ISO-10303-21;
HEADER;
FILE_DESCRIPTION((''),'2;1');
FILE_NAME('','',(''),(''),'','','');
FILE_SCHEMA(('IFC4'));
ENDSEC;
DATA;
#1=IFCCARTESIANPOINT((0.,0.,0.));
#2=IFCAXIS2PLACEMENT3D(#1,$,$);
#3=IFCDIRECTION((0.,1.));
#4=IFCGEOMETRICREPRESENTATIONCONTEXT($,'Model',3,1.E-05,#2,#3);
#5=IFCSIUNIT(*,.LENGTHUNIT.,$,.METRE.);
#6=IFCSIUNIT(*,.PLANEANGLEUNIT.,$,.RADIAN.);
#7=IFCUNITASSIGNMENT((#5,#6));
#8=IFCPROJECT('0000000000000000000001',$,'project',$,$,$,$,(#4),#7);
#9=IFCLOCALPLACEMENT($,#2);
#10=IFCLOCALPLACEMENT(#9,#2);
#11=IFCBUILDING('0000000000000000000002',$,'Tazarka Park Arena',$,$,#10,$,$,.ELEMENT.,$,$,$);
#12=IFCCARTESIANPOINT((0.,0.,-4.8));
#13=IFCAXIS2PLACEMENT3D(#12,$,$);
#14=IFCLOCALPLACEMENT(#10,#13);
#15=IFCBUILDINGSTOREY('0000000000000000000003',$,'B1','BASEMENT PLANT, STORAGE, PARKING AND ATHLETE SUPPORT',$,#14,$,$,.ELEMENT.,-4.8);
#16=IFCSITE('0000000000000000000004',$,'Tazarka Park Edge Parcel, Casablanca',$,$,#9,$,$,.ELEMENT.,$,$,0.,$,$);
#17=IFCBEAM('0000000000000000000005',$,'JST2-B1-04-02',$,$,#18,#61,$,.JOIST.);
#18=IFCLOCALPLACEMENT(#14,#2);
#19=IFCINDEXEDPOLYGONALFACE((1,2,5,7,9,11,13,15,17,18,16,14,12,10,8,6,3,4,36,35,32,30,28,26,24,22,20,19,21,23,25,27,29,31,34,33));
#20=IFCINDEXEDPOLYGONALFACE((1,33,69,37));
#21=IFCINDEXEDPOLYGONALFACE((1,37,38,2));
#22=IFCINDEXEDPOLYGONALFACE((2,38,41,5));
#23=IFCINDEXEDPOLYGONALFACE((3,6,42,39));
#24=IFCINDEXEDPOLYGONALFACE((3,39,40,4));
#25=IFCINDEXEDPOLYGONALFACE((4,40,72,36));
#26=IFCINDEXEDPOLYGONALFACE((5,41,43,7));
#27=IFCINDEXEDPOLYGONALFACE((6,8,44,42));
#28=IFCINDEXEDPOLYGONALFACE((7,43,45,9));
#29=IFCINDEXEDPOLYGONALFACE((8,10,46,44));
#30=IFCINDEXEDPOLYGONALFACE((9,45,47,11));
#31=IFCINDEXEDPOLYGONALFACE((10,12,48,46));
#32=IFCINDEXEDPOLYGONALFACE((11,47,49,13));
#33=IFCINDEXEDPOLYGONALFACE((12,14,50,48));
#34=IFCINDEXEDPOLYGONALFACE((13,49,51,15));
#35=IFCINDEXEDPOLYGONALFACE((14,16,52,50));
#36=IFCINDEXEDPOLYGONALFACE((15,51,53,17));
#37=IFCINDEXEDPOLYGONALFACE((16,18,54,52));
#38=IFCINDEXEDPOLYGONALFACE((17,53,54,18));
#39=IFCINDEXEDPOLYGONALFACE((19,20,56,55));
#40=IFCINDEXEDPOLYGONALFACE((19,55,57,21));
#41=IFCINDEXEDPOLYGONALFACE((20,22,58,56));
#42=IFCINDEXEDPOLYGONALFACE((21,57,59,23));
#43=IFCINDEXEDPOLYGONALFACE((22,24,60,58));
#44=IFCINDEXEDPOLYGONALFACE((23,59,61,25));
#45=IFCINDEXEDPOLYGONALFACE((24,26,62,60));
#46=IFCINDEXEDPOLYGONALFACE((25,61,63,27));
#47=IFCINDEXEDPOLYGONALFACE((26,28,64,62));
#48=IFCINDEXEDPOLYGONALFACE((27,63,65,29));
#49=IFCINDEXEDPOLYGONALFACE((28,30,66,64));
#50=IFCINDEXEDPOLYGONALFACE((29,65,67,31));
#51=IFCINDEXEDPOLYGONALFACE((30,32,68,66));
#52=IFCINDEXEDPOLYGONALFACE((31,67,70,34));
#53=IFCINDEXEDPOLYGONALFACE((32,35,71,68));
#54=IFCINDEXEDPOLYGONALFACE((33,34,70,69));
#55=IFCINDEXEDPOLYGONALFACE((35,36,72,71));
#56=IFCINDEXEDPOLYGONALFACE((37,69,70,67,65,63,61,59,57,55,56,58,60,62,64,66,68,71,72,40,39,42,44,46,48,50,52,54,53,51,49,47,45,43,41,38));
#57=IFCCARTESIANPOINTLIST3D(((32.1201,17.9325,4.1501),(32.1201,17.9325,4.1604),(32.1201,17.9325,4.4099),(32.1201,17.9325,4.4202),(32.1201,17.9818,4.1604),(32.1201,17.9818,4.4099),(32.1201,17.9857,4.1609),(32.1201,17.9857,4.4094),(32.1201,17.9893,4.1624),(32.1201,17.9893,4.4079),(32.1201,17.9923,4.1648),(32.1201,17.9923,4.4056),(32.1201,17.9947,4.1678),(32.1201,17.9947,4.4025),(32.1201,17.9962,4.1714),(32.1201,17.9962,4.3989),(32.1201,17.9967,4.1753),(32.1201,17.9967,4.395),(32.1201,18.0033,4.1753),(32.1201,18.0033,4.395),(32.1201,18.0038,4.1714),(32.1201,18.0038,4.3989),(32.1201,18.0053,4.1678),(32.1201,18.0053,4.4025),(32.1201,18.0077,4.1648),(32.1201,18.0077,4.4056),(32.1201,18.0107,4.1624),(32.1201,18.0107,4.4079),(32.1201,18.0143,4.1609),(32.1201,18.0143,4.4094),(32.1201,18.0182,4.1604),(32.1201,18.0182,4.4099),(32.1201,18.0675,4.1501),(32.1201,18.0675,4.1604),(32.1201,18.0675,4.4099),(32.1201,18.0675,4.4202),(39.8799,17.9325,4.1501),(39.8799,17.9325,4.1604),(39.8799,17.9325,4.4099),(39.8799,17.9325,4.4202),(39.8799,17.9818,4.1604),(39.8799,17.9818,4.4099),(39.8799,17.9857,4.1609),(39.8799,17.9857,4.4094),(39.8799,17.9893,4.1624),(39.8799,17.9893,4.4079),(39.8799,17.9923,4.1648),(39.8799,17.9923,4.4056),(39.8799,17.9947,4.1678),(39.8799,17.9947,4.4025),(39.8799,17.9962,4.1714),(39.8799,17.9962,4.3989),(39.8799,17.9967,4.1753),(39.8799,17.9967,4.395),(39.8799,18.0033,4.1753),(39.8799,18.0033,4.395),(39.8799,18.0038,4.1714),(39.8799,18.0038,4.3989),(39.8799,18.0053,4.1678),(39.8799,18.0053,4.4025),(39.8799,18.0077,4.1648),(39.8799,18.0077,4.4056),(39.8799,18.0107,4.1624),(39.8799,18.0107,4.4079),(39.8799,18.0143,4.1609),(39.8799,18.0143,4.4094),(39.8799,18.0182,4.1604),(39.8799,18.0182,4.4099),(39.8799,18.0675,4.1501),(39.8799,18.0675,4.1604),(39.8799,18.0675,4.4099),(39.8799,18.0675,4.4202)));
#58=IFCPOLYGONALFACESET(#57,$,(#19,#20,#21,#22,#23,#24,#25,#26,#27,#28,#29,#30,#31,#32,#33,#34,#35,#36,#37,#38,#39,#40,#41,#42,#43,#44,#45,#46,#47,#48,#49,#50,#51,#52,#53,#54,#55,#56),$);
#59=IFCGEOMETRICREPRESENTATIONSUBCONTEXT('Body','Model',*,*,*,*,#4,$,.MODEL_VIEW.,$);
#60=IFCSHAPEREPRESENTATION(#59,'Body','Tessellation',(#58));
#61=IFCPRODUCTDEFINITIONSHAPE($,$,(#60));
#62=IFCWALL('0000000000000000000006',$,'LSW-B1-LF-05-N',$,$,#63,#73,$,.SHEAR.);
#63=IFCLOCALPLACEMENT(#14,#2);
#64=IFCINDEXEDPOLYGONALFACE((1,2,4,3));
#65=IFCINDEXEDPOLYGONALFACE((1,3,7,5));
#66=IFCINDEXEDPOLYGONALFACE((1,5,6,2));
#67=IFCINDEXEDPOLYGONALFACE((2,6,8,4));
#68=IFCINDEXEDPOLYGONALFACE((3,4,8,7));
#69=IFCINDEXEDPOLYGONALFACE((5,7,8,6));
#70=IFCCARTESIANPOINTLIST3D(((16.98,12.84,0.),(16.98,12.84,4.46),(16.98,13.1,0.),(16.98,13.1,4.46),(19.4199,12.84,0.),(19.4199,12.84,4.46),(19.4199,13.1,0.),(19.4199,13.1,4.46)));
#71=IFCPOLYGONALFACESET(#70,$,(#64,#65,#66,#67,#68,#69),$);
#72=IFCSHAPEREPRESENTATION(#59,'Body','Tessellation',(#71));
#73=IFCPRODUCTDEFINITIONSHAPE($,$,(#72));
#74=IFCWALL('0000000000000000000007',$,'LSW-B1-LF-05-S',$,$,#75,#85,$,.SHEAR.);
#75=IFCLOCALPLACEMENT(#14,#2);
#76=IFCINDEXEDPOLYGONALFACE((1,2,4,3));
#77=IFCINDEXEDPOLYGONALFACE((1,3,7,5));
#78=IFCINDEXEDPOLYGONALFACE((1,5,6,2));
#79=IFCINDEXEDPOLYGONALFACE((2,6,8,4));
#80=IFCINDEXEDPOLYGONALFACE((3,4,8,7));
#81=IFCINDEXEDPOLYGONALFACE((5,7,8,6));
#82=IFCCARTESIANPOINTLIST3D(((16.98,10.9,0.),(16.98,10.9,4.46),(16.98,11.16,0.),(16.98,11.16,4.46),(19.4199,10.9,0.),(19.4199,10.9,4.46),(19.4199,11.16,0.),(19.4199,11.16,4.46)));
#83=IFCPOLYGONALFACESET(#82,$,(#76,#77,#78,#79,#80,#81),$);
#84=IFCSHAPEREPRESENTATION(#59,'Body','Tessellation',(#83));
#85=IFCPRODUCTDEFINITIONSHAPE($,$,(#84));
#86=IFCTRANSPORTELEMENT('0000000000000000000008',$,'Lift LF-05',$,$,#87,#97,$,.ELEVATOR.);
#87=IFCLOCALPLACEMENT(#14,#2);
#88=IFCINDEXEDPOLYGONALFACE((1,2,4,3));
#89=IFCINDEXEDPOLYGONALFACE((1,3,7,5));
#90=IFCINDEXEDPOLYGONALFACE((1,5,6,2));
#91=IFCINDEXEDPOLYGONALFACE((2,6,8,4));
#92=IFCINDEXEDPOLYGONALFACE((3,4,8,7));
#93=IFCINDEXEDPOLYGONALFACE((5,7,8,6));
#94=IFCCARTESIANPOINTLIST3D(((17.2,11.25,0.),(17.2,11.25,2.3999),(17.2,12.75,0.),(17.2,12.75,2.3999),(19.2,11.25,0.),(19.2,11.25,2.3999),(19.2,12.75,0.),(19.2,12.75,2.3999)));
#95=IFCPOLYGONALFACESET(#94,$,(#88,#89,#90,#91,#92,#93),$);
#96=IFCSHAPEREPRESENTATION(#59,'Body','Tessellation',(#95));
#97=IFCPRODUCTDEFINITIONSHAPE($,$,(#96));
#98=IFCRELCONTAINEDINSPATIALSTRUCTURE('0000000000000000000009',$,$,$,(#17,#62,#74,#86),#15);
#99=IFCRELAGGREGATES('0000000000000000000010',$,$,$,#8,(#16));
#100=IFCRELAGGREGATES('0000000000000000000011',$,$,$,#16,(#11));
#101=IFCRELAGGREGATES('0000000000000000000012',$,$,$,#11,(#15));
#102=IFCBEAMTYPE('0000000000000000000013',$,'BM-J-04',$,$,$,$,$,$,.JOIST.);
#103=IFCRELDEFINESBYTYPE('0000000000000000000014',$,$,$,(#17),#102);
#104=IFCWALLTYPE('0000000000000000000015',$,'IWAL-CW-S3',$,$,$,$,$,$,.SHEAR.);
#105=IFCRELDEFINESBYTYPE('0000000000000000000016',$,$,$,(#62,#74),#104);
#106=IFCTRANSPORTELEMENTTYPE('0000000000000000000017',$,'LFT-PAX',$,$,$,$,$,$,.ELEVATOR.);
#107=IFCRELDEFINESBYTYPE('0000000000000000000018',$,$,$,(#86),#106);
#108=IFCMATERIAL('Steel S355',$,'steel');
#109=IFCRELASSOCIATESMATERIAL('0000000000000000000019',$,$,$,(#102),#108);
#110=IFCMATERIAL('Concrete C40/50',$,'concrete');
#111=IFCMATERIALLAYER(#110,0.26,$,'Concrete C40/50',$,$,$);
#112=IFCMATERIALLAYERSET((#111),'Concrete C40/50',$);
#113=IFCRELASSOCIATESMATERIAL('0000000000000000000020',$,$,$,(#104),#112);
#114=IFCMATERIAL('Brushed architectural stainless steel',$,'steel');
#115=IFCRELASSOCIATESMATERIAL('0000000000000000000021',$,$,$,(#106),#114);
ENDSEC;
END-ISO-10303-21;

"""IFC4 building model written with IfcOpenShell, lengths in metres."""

from ifc_helpers import new_model, si_unit, direction, frame, frame_2d, origin, origin_2d, place, context, subcontext, project, spatial, rectangle, i_section, extrude, material, layer, layer_set, material_profile, profile_set, type_object, element, save


model = new_model("IFC4")

# Units and contexts
model_context = context("Model", 3, precision=1e-05, world=origin(), true_north=direction((0.0, 1.0)))
body_context = subcontext(model_context, "Body", "Model", "MODEL_VIEW")
ifc_project = project(units=[si_unit("LENGTHUNIT", "METRE"), si_unit("PLANEANGLEUNIT", "RADIAN")], contexts=[model_context])

# Site, building, storey
site_placement = place(None, origin())
site = spatial("IfcSite", under=ifc_project, at=site_placement, Name="Tazarka Park Edge Parcel, Casablanca", CompositionType="ELEMENT", RefElevation=0.0)
building_placement = place(site_placement, origin())
building = spatial("IfcBuilding", under=site, at=building_placement, Name="Tazarka Park Arena", CompositionType="ELEMENT")
storey_placement = place(building_placement, frame((0.0, 0.0, -4.8)))
storey = spatial("IfcBuildingStorey", under=building, at=storey_placement, Name="B1", Description="BASEMENT PLANT, STORAGE, PARKING AND ATHLETE SUPPORT", CompositionType="ELEMENT", Elevation=-4.8)

# Beam
ifc_material_1 = material(Name="Steel S355", Category="steel")
ifc_material_profile_1 = material_profile(ifc_material_1, i_section(OverallWidth=0.135, OverallDepth=0.27, WebThickness=0.0066, FlangeThickness=0.0103, FilletRadius=0.0149, at=origin_2d()), Name="Steel S355")
ifc_profile_set_1 = profile_set([ifc_material_profile_1], Name="Steel S355")
beam_type_1 = type_object("IfcBeamType", Name="BM-J-04", PredefinedType="JOIST", material=ifc_profile_set_1)
beam_1_placement = place(storey_placement, frame((32.1201, 18.0, 4.2852), z_axis=(1.0, 0.0, 0.0), x_axis=(0.0, 1.0, 0.0)))
element("IfcBeam", 1, at=beam_1_placement, inside=storey, type_object=beam_type_1, Name="JST2-B1-04-02", PredefinedType="JOIST", context=body_context, shape_type="SweptSolid", body=[
    extrude(i_section(OverallWidth=0.135, OverallDepth=0.27, WebThickness=0.0066, FlangeThickness=0.0103, FilletRadius=0.0149, at=origin_2d()), origin(), (0.0, 0.0, 1.0), 7.7598),
])

# Walls
ifc_material_2 = material(Name="Concrete C40/50", Category="concrete")
ifc_layer = layer(ifc_material_2, 0.26, Name="Concrete C40/50")
ifc_layer_set = layer_set([ifc_layer], Name="Concrete C40/50")
wall_type = type_object("IfcWallType", Name="IWAL-CW-S3", PredefinedType="SHEAR", material=ifc_layer_set)
for number, where, z_axis, x_axis, name in (
    (2, (16.98, 12.97, 0.0), (0.0, 0.0, 1.0), (1.0, 0.0, 0.0), "LSW-B1-LF-05-N"),
    (3, (19.4199, 11.03, 0.0), (0.0, 0.0, 1.0), (-1.0, 0.0, 0.0), "LSW-B1-LF-05-S"),
):
    element("IfcWall", number, at=place(storey_placement, frame(where, z_axis=z_axis, x_axis=x_axis)), inside=storey, type_object=wall_type, Name=name, PredefinedType="SHEAR", context=body_context, shape_type="SweptSolid", body=[
        extrude(rectangle(XDim=2.4399, YDim=0.26, at=frame_2d((1.22, 0.0))), origin(), (0.0, 0.0, 1.0), 4.46),
    ])

# Transport element
ifc_material_3 = material(Name="Brushed architectural stainless steel", Category="steel")
transport_element_type = type_object("IfcTransportElementType", Name="LFT-PAX", PredefinedType="ELEVATOR", material=ifc_material_3)
transport_element_placement = place(storey_placement, frame((18.2, 12.0, 0.0), z_axis=(0.0, 0.0, 1.0), x_axis=(1.0, 0.0, 0.0)))
element("IfcTransportElement", 4, at=transport_element_placement, inside=storey, type_object=transport_element_type, Name="Lift LF-05", PredefinedType="ELEVATOR", context=body_context, shape_type="SweptSolid", body=[
    extrude(rectangle(XDim=2.0, YDim=1.5, at=origin_2d()), origin(), (0.0, 0.0, 1.0), 2.3999),
])

save(model, "model.ifc")
